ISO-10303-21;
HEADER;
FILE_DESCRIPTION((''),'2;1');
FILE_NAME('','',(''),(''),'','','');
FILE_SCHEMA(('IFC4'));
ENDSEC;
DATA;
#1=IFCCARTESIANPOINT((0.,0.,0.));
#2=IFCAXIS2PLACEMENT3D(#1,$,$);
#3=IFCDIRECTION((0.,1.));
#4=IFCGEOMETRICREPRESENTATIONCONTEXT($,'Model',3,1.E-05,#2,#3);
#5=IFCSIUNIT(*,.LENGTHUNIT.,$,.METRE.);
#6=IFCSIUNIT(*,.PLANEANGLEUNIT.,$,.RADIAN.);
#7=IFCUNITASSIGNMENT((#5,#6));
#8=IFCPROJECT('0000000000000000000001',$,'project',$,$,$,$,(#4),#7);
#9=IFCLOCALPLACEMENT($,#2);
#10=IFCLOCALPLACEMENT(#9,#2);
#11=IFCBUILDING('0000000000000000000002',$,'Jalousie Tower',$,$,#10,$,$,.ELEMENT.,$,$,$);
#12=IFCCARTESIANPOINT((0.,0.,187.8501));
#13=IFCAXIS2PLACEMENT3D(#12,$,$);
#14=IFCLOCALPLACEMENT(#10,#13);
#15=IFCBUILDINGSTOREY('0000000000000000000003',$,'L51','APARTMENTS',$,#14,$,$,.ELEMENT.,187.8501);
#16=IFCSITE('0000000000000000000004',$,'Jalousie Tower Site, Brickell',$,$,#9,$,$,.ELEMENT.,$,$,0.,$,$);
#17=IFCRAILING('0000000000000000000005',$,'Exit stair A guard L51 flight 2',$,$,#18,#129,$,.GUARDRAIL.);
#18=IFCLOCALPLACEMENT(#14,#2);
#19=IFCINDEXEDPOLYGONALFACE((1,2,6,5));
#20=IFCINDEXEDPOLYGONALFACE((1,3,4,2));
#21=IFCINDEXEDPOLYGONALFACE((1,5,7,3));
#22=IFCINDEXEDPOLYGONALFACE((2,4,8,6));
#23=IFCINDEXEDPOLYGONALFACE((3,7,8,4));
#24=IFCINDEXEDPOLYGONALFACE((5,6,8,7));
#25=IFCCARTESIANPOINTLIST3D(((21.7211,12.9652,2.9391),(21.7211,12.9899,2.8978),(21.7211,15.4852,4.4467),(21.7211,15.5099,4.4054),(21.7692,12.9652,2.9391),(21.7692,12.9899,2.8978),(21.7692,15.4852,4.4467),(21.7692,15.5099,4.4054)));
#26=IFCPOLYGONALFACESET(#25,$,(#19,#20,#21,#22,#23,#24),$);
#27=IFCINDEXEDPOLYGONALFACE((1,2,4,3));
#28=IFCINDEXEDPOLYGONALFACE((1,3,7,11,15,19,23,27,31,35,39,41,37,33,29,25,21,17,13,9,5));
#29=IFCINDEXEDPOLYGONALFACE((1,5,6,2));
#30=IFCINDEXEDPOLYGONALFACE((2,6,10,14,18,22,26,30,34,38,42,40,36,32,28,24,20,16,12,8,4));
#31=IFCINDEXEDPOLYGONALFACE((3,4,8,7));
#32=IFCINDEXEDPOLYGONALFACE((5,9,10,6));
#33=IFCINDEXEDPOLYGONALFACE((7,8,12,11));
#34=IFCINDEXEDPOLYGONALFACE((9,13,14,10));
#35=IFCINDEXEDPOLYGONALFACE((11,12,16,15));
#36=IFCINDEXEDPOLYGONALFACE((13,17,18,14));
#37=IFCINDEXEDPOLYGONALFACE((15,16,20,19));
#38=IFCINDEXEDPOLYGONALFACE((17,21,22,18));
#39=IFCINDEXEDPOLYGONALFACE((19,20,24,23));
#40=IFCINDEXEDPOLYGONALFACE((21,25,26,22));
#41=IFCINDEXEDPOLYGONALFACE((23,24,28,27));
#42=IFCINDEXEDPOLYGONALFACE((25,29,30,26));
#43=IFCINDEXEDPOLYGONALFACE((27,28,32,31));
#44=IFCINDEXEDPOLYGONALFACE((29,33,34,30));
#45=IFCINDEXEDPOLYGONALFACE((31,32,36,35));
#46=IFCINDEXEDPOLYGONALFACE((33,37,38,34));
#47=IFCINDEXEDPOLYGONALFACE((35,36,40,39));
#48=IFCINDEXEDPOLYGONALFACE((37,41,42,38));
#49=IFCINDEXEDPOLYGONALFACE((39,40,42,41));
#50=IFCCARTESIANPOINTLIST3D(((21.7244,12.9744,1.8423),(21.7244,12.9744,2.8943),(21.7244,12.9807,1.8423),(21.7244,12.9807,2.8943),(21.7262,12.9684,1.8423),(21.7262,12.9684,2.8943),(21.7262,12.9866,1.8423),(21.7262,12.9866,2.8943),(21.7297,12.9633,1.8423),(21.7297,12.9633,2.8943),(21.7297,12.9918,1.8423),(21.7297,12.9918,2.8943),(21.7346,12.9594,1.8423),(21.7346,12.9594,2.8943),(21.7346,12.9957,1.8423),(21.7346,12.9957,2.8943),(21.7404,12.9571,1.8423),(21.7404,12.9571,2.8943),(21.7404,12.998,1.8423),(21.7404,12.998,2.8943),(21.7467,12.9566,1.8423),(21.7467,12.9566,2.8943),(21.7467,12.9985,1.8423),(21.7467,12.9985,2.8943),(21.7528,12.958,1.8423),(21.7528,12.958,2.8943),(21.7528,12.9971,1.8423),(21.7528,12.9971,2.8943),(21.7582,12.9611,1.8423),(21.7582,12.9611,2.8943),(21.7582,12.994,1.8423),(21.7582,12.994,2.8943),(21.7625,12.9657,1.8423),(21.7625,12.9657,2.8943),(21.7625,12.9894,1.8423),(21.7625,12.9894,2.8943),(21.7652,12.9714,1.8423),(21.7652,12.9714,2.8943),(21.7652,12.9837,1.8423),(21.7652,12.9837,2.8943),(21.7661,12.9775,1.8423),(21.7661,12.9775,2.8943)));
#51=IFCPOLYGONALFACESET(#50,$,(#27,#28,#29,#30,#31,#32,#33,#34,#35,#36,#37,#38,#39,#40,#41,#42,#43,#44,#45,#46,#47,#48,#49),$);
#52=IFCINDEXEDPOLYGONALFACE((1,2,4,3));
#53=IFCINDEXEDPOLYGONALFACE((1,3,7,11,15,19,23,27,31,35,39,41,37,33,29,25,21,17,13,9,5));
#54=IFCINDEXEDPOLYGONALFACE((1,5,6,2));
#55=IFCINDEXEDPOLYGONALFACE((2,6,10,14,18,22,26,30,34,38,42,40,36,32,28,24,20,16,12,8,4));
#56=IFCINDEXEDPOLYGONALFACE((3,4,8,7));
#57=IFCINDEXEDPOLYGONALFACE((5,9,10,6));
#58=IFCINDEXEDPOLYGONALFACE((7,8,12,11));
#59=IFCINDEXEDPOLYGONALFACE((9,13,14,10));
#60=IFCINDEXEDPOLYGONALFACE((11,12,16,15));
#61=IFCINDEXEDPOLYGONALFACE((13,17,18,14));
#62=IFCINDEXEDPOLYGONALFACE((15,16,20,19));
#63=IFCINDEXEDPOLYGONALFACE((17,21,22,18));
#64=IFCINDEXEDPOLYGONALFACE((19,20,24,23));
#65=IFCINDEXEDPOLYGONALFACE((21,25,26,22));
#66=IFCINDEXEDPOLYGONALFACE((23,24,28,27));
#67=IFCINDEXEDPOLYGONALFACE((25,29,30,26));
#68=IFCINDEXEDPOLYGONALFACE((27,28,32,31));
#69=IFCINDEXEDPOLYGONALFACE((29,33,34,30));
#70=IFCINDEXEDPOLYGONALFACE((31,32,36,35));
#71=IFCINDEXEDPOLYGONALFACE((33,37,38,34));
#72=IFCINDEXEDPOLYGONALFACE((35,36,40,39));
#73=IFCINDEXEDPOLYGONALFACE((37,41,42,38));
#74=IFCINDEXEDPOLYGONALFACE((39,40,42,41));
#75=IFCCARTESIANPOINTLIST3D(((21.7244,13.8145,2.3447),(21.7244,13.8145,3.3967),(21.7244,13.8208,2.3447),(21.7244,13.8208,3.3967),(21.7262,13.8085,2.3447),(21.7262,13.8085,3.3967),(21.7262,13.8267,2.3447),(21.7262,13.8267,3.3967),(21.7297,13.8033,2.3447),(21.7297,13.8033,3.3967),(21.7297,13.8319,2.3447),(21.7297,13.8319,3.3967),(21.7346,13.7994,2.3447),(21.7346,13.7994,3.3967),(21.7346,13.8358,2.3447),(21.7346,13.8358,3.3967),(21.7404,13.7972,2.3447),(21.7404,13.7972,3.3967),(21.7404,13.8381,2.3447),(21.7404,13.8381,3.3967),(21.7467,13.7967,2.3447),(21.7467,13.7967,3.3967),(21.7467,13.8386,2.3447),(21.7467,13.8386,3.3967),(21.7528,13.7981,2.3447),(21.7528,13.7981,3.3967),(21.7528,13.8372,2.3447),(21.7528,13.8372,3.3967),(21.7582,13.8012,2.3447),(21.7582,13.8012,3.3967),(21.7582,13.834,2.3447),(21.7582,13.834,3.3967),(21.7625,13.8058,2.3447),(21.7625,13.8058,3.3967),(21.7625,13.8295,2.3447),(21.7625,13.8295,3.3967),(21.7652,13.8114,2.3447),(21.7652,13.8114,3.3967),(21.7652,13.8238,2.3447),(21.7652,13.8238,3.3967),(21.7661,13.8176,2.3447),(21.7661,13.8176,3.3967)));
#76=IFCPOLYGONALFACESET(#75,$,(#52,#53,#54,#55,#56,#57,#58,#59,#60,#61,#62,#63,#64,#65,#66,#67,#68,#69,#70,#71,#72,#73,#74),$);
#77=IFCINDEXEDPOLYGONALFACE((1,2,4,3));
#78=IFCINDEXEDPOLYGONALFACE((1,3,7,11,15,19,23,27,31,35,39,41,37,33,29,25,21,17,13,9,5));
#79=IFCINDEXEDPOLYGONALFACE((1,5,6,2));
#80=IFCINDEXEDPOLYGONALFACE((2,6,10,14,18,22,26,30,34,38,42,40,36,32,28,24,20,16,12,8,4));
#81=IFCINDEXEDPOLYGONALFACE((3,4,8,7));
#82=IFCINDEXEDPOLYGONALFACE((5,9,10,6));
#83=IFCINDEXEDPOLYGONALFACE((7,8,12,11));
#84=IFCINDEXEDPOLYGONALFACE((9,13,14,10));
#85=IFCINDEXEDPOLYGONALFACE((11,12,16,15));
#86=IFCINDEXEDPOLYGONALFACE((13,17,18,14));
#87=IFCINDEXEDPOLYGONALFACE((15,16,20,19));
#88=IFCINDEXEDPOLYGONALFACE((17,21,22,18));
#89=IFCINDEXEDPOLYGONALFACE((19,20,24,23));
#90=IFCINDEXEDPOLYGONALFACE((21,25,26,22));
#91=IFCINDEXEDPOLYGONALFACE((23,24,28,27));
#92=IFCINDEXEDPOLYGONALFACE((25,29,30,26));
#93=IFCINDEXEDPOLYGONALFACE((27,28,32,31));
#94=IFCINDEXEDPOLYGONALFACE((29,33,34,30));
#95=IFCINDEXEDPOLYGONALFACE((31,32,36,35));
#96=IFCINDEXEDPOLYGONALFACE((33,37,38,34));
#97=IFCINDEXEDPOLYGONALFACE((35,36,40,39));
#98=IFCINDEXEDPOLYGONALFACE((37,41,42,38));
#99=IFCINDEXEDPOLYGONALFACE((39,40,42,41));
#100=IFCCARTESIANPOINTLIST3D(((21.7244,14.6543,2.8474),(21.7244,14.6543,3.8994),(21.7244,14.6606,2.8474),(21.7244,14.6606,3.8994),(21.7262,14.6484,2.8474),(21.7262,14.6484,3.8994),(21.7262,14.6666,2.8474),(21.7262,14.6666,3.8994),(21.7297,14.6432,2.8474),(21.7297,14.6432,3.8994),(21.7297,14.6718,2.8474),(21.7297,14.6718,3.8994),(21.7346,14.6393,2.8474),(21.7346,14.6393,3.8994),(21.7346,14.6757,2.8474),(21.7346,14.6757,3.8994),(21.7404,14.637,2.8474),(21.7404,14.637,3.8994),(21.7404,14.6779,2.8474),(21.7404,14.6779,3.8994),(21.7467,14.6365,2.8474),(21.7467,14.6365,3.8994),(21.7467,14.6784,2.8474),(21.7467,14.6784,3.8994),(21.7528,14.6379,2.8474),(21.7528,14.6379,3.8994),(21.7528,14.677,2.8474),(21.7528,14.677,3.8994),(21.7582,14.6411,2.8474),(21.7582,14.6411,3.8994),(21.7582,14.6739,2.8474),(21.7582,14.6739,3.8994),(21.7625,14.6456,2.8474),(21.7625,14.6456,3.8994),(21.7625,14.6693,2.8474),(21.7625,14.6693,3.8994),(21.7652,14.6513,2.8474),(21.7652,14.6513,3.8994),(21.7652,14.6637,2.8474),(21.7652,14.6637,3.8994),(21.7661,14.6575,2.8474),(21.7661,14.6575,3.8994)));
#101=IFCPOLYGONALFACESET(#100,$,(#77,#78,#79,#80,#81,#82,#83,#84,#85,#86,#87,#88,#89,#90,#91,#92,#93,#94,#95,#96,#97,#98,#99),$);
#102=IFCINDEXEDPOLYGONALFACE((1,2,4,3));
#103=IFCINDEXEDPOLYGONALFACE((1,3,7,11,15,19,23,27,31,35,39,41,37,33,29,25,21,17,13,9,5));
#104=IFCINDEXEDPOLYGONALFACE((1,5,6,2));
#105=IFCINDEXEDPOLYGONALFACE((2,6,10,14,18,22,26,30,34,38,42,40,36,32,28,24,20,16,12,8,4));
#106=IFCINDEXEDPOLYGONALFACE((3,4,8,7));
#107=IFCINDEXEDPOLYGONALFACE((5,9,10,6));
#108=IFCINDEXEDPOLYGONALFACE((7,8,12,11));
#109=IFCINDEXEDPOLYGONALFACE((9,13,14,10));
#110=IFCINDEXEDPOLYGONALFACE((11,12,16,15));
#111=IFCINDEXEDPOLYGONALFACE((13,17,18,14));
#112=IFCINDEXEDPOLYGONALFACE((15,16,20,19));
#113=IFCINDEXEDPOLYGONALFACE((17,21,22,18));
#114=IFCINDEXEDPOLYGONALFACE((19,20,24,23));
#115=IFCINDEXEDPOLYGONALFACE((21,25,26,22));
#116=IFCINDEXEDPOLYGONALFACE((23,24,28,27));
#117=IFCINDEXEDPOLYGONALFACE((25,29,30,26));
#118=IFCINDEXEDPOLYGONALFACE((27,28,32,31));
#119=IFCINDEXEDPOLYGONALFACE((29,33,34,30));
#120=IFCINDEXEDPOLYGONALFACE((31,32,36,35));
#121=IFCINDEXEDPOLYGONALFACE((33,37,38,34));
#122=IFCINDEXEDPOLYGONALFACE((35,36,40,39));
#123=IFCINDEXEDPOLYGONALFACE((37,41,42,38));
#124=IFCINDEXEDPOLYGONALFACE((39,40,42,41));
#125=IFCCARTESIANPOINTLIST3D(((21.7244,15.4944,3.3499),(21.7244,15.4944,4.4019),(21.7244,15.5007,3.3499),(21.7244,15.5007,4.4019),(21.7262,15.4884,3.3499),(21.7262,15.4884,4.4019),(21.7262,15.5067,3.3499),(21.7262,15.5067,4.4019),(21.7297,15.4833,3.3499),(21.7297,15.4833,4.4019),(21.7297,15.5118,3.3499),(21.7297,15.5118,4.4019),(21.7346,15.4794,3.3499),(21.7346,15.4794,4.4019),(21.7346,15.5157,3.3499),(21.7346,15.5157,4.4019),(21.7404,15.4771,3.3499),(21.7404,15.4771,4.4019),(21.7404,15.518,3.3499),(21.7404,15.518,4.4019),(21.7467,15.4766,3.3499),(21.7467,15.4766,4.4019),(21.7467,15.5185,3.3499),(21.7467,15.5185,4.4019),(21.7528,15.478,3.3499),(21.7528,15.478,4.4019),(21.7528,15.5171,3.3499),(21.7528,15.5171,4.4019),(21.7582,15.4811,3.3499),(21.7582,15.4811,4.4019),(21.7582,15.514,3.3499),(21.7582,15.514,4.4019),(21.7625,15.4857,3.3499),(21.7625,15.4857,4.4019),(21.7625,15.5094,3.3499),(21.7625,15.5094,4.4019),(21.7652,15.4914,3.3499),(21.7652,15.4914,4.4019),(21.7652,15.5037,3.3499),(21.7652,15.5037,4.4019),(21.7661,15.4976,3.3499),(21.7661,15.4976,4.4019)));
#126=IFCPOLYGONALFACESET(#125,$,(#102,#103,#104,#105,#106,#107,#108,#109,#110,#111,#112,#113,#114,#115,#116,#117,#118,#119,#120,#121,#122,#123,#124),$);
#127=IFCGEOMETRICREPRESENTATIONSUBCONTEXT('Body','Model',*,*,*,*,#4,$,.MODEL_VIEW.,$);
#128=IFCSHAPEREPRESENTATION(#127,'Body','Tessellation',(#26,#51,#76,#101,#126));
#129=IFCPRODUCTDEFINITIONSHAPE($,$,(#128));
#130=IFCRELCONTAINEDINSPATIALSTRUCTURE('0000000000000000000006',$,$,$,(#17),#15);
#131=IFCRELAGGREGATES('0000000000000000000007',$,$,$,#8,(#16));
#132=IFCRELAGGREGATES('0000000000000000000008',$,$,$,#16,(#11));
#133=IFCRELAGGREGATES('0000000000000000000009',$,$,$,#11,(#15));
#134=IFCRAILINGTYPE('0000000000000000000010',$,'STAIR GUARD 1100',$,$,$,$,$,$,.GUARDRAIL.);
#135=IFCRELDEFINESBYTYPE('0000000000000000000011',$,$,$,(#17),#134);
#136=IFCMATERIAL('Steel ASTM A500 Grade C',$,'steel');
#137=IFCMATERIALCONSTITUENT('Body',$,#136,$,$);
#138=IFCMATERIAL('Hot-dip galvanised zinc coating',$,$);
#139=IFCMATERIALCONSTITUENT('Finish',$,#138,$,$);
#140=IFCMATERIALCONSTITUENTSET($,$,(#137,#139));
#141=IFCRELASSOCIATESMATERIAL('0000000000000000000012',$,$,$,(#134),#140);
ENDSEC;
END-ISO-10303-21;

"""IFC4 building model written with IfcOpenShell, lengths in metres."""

from ifc_helpers import new_model, si_unit, direction, frame, origin, origin_2d, place, context, subcontext, project, spatial, rectangle, circle, extrude, material, constituent, constituent_set, type_object, element, save


model = new_model("IFC4")

# Units and contexts
model_context = context("Model", 3, precision=1e-05, world=origin(), true_north=direction((0.0, 1.0)))
body_context = subcontext(model_context, "Body", "Model", "MODEL_VIEW")
ifc_project = project(units=[si_unit("LENGTHUNIT", "METRE"), si_unit("PLANEANGLEUNIT", "RADIAN")], contexts=[model_context])

# Site, building, storey
site_placement = place(None, origin())
site = spatial("IfcSite", under=ifc_project, at=site_placement, Name="Jalousie Tower Site, Brickell", CompositionType="ELEMENT", RefElevation=0.0)
building_placement = place(site_placement, origin())
building = spatial("IfcBuilding", under=site, at=building_placement, Name="Jalousie Tower", CompositionType="ELEMENT")
storey_placement = place(building_placement, frame((0.0, 0.0, 187.8501)))
storey = spatial("IfcBuildingStorey", under=building, at=storey_placement, Name="L51", Description="APARTMENTS", CompositionType="ELEMENT", Elevation=187.8501)

# Railing
ifc_material_1 = material(Name="Steel ASTM A500 Grade C", Category="steel")
ifc_constituent_1 = constituent(ifc_material_1, Name="Body")
ifc_material_2 = material(Name="Hot-dip galvanised zinc coating")
ifc_constituent_2 = constituent(ifc_material_2, Name="Finish")
ifc_constituent_set_1 = constituent_set(constituents=[ifc_constituent_1, ifc_constituent_2])
railing_type_1 = type_object("IfcRailingType", Name="STAIR GUARD 1100", PredefinedType="GUARDRAIL", material=ifc_constituent_set_1)
railing_1_placement = place(storey_placement, frame((21.7451, 12.9775, 1.8423)))
element("IfcRailing", 1, at=railing_1_placement, inside=storey, type_object=railing_type_1, Name="Exit stair A guard L51 flight 2", PredefinedType="GUARDRAIL", context=body_context, shape_type="SweptSolid", body=[
    extrude(rectangle(XDim=0.0481, YDim=0.0481, at=origin_2d()), frame((0.0, 0.0, 1.0762), z_axis=(0.0, 0.85816, 0.513383), x_axis=(-1.0, 0.0, 0.0)), (0.0, 0.0, 1.0), 2.9365),
    extrude(circle(Radius=0.021, at=origin_2d()), origin(), (0.0, 0.0, 1.0), 1.052),
    extrude(circle(Radius=0.021, at=origin_2d()), frame((0.0, 0.8401, 0.5024)), (0.0, 0.0, 1.0), 1.052),
    extrude(circle(Radius=0.021, at=origin_2d()), frame((0.0, 1.6799, 1.0051)), (0.0, 0.0, 1.0), 1.052),
    extrude(circle(Radius=0.021, at=origin_2d()), frame((0.0, 2.52, 1.5076)), (0.0, 0.0, 1.0), 1.052),
])

save(model, "model.ifc")
